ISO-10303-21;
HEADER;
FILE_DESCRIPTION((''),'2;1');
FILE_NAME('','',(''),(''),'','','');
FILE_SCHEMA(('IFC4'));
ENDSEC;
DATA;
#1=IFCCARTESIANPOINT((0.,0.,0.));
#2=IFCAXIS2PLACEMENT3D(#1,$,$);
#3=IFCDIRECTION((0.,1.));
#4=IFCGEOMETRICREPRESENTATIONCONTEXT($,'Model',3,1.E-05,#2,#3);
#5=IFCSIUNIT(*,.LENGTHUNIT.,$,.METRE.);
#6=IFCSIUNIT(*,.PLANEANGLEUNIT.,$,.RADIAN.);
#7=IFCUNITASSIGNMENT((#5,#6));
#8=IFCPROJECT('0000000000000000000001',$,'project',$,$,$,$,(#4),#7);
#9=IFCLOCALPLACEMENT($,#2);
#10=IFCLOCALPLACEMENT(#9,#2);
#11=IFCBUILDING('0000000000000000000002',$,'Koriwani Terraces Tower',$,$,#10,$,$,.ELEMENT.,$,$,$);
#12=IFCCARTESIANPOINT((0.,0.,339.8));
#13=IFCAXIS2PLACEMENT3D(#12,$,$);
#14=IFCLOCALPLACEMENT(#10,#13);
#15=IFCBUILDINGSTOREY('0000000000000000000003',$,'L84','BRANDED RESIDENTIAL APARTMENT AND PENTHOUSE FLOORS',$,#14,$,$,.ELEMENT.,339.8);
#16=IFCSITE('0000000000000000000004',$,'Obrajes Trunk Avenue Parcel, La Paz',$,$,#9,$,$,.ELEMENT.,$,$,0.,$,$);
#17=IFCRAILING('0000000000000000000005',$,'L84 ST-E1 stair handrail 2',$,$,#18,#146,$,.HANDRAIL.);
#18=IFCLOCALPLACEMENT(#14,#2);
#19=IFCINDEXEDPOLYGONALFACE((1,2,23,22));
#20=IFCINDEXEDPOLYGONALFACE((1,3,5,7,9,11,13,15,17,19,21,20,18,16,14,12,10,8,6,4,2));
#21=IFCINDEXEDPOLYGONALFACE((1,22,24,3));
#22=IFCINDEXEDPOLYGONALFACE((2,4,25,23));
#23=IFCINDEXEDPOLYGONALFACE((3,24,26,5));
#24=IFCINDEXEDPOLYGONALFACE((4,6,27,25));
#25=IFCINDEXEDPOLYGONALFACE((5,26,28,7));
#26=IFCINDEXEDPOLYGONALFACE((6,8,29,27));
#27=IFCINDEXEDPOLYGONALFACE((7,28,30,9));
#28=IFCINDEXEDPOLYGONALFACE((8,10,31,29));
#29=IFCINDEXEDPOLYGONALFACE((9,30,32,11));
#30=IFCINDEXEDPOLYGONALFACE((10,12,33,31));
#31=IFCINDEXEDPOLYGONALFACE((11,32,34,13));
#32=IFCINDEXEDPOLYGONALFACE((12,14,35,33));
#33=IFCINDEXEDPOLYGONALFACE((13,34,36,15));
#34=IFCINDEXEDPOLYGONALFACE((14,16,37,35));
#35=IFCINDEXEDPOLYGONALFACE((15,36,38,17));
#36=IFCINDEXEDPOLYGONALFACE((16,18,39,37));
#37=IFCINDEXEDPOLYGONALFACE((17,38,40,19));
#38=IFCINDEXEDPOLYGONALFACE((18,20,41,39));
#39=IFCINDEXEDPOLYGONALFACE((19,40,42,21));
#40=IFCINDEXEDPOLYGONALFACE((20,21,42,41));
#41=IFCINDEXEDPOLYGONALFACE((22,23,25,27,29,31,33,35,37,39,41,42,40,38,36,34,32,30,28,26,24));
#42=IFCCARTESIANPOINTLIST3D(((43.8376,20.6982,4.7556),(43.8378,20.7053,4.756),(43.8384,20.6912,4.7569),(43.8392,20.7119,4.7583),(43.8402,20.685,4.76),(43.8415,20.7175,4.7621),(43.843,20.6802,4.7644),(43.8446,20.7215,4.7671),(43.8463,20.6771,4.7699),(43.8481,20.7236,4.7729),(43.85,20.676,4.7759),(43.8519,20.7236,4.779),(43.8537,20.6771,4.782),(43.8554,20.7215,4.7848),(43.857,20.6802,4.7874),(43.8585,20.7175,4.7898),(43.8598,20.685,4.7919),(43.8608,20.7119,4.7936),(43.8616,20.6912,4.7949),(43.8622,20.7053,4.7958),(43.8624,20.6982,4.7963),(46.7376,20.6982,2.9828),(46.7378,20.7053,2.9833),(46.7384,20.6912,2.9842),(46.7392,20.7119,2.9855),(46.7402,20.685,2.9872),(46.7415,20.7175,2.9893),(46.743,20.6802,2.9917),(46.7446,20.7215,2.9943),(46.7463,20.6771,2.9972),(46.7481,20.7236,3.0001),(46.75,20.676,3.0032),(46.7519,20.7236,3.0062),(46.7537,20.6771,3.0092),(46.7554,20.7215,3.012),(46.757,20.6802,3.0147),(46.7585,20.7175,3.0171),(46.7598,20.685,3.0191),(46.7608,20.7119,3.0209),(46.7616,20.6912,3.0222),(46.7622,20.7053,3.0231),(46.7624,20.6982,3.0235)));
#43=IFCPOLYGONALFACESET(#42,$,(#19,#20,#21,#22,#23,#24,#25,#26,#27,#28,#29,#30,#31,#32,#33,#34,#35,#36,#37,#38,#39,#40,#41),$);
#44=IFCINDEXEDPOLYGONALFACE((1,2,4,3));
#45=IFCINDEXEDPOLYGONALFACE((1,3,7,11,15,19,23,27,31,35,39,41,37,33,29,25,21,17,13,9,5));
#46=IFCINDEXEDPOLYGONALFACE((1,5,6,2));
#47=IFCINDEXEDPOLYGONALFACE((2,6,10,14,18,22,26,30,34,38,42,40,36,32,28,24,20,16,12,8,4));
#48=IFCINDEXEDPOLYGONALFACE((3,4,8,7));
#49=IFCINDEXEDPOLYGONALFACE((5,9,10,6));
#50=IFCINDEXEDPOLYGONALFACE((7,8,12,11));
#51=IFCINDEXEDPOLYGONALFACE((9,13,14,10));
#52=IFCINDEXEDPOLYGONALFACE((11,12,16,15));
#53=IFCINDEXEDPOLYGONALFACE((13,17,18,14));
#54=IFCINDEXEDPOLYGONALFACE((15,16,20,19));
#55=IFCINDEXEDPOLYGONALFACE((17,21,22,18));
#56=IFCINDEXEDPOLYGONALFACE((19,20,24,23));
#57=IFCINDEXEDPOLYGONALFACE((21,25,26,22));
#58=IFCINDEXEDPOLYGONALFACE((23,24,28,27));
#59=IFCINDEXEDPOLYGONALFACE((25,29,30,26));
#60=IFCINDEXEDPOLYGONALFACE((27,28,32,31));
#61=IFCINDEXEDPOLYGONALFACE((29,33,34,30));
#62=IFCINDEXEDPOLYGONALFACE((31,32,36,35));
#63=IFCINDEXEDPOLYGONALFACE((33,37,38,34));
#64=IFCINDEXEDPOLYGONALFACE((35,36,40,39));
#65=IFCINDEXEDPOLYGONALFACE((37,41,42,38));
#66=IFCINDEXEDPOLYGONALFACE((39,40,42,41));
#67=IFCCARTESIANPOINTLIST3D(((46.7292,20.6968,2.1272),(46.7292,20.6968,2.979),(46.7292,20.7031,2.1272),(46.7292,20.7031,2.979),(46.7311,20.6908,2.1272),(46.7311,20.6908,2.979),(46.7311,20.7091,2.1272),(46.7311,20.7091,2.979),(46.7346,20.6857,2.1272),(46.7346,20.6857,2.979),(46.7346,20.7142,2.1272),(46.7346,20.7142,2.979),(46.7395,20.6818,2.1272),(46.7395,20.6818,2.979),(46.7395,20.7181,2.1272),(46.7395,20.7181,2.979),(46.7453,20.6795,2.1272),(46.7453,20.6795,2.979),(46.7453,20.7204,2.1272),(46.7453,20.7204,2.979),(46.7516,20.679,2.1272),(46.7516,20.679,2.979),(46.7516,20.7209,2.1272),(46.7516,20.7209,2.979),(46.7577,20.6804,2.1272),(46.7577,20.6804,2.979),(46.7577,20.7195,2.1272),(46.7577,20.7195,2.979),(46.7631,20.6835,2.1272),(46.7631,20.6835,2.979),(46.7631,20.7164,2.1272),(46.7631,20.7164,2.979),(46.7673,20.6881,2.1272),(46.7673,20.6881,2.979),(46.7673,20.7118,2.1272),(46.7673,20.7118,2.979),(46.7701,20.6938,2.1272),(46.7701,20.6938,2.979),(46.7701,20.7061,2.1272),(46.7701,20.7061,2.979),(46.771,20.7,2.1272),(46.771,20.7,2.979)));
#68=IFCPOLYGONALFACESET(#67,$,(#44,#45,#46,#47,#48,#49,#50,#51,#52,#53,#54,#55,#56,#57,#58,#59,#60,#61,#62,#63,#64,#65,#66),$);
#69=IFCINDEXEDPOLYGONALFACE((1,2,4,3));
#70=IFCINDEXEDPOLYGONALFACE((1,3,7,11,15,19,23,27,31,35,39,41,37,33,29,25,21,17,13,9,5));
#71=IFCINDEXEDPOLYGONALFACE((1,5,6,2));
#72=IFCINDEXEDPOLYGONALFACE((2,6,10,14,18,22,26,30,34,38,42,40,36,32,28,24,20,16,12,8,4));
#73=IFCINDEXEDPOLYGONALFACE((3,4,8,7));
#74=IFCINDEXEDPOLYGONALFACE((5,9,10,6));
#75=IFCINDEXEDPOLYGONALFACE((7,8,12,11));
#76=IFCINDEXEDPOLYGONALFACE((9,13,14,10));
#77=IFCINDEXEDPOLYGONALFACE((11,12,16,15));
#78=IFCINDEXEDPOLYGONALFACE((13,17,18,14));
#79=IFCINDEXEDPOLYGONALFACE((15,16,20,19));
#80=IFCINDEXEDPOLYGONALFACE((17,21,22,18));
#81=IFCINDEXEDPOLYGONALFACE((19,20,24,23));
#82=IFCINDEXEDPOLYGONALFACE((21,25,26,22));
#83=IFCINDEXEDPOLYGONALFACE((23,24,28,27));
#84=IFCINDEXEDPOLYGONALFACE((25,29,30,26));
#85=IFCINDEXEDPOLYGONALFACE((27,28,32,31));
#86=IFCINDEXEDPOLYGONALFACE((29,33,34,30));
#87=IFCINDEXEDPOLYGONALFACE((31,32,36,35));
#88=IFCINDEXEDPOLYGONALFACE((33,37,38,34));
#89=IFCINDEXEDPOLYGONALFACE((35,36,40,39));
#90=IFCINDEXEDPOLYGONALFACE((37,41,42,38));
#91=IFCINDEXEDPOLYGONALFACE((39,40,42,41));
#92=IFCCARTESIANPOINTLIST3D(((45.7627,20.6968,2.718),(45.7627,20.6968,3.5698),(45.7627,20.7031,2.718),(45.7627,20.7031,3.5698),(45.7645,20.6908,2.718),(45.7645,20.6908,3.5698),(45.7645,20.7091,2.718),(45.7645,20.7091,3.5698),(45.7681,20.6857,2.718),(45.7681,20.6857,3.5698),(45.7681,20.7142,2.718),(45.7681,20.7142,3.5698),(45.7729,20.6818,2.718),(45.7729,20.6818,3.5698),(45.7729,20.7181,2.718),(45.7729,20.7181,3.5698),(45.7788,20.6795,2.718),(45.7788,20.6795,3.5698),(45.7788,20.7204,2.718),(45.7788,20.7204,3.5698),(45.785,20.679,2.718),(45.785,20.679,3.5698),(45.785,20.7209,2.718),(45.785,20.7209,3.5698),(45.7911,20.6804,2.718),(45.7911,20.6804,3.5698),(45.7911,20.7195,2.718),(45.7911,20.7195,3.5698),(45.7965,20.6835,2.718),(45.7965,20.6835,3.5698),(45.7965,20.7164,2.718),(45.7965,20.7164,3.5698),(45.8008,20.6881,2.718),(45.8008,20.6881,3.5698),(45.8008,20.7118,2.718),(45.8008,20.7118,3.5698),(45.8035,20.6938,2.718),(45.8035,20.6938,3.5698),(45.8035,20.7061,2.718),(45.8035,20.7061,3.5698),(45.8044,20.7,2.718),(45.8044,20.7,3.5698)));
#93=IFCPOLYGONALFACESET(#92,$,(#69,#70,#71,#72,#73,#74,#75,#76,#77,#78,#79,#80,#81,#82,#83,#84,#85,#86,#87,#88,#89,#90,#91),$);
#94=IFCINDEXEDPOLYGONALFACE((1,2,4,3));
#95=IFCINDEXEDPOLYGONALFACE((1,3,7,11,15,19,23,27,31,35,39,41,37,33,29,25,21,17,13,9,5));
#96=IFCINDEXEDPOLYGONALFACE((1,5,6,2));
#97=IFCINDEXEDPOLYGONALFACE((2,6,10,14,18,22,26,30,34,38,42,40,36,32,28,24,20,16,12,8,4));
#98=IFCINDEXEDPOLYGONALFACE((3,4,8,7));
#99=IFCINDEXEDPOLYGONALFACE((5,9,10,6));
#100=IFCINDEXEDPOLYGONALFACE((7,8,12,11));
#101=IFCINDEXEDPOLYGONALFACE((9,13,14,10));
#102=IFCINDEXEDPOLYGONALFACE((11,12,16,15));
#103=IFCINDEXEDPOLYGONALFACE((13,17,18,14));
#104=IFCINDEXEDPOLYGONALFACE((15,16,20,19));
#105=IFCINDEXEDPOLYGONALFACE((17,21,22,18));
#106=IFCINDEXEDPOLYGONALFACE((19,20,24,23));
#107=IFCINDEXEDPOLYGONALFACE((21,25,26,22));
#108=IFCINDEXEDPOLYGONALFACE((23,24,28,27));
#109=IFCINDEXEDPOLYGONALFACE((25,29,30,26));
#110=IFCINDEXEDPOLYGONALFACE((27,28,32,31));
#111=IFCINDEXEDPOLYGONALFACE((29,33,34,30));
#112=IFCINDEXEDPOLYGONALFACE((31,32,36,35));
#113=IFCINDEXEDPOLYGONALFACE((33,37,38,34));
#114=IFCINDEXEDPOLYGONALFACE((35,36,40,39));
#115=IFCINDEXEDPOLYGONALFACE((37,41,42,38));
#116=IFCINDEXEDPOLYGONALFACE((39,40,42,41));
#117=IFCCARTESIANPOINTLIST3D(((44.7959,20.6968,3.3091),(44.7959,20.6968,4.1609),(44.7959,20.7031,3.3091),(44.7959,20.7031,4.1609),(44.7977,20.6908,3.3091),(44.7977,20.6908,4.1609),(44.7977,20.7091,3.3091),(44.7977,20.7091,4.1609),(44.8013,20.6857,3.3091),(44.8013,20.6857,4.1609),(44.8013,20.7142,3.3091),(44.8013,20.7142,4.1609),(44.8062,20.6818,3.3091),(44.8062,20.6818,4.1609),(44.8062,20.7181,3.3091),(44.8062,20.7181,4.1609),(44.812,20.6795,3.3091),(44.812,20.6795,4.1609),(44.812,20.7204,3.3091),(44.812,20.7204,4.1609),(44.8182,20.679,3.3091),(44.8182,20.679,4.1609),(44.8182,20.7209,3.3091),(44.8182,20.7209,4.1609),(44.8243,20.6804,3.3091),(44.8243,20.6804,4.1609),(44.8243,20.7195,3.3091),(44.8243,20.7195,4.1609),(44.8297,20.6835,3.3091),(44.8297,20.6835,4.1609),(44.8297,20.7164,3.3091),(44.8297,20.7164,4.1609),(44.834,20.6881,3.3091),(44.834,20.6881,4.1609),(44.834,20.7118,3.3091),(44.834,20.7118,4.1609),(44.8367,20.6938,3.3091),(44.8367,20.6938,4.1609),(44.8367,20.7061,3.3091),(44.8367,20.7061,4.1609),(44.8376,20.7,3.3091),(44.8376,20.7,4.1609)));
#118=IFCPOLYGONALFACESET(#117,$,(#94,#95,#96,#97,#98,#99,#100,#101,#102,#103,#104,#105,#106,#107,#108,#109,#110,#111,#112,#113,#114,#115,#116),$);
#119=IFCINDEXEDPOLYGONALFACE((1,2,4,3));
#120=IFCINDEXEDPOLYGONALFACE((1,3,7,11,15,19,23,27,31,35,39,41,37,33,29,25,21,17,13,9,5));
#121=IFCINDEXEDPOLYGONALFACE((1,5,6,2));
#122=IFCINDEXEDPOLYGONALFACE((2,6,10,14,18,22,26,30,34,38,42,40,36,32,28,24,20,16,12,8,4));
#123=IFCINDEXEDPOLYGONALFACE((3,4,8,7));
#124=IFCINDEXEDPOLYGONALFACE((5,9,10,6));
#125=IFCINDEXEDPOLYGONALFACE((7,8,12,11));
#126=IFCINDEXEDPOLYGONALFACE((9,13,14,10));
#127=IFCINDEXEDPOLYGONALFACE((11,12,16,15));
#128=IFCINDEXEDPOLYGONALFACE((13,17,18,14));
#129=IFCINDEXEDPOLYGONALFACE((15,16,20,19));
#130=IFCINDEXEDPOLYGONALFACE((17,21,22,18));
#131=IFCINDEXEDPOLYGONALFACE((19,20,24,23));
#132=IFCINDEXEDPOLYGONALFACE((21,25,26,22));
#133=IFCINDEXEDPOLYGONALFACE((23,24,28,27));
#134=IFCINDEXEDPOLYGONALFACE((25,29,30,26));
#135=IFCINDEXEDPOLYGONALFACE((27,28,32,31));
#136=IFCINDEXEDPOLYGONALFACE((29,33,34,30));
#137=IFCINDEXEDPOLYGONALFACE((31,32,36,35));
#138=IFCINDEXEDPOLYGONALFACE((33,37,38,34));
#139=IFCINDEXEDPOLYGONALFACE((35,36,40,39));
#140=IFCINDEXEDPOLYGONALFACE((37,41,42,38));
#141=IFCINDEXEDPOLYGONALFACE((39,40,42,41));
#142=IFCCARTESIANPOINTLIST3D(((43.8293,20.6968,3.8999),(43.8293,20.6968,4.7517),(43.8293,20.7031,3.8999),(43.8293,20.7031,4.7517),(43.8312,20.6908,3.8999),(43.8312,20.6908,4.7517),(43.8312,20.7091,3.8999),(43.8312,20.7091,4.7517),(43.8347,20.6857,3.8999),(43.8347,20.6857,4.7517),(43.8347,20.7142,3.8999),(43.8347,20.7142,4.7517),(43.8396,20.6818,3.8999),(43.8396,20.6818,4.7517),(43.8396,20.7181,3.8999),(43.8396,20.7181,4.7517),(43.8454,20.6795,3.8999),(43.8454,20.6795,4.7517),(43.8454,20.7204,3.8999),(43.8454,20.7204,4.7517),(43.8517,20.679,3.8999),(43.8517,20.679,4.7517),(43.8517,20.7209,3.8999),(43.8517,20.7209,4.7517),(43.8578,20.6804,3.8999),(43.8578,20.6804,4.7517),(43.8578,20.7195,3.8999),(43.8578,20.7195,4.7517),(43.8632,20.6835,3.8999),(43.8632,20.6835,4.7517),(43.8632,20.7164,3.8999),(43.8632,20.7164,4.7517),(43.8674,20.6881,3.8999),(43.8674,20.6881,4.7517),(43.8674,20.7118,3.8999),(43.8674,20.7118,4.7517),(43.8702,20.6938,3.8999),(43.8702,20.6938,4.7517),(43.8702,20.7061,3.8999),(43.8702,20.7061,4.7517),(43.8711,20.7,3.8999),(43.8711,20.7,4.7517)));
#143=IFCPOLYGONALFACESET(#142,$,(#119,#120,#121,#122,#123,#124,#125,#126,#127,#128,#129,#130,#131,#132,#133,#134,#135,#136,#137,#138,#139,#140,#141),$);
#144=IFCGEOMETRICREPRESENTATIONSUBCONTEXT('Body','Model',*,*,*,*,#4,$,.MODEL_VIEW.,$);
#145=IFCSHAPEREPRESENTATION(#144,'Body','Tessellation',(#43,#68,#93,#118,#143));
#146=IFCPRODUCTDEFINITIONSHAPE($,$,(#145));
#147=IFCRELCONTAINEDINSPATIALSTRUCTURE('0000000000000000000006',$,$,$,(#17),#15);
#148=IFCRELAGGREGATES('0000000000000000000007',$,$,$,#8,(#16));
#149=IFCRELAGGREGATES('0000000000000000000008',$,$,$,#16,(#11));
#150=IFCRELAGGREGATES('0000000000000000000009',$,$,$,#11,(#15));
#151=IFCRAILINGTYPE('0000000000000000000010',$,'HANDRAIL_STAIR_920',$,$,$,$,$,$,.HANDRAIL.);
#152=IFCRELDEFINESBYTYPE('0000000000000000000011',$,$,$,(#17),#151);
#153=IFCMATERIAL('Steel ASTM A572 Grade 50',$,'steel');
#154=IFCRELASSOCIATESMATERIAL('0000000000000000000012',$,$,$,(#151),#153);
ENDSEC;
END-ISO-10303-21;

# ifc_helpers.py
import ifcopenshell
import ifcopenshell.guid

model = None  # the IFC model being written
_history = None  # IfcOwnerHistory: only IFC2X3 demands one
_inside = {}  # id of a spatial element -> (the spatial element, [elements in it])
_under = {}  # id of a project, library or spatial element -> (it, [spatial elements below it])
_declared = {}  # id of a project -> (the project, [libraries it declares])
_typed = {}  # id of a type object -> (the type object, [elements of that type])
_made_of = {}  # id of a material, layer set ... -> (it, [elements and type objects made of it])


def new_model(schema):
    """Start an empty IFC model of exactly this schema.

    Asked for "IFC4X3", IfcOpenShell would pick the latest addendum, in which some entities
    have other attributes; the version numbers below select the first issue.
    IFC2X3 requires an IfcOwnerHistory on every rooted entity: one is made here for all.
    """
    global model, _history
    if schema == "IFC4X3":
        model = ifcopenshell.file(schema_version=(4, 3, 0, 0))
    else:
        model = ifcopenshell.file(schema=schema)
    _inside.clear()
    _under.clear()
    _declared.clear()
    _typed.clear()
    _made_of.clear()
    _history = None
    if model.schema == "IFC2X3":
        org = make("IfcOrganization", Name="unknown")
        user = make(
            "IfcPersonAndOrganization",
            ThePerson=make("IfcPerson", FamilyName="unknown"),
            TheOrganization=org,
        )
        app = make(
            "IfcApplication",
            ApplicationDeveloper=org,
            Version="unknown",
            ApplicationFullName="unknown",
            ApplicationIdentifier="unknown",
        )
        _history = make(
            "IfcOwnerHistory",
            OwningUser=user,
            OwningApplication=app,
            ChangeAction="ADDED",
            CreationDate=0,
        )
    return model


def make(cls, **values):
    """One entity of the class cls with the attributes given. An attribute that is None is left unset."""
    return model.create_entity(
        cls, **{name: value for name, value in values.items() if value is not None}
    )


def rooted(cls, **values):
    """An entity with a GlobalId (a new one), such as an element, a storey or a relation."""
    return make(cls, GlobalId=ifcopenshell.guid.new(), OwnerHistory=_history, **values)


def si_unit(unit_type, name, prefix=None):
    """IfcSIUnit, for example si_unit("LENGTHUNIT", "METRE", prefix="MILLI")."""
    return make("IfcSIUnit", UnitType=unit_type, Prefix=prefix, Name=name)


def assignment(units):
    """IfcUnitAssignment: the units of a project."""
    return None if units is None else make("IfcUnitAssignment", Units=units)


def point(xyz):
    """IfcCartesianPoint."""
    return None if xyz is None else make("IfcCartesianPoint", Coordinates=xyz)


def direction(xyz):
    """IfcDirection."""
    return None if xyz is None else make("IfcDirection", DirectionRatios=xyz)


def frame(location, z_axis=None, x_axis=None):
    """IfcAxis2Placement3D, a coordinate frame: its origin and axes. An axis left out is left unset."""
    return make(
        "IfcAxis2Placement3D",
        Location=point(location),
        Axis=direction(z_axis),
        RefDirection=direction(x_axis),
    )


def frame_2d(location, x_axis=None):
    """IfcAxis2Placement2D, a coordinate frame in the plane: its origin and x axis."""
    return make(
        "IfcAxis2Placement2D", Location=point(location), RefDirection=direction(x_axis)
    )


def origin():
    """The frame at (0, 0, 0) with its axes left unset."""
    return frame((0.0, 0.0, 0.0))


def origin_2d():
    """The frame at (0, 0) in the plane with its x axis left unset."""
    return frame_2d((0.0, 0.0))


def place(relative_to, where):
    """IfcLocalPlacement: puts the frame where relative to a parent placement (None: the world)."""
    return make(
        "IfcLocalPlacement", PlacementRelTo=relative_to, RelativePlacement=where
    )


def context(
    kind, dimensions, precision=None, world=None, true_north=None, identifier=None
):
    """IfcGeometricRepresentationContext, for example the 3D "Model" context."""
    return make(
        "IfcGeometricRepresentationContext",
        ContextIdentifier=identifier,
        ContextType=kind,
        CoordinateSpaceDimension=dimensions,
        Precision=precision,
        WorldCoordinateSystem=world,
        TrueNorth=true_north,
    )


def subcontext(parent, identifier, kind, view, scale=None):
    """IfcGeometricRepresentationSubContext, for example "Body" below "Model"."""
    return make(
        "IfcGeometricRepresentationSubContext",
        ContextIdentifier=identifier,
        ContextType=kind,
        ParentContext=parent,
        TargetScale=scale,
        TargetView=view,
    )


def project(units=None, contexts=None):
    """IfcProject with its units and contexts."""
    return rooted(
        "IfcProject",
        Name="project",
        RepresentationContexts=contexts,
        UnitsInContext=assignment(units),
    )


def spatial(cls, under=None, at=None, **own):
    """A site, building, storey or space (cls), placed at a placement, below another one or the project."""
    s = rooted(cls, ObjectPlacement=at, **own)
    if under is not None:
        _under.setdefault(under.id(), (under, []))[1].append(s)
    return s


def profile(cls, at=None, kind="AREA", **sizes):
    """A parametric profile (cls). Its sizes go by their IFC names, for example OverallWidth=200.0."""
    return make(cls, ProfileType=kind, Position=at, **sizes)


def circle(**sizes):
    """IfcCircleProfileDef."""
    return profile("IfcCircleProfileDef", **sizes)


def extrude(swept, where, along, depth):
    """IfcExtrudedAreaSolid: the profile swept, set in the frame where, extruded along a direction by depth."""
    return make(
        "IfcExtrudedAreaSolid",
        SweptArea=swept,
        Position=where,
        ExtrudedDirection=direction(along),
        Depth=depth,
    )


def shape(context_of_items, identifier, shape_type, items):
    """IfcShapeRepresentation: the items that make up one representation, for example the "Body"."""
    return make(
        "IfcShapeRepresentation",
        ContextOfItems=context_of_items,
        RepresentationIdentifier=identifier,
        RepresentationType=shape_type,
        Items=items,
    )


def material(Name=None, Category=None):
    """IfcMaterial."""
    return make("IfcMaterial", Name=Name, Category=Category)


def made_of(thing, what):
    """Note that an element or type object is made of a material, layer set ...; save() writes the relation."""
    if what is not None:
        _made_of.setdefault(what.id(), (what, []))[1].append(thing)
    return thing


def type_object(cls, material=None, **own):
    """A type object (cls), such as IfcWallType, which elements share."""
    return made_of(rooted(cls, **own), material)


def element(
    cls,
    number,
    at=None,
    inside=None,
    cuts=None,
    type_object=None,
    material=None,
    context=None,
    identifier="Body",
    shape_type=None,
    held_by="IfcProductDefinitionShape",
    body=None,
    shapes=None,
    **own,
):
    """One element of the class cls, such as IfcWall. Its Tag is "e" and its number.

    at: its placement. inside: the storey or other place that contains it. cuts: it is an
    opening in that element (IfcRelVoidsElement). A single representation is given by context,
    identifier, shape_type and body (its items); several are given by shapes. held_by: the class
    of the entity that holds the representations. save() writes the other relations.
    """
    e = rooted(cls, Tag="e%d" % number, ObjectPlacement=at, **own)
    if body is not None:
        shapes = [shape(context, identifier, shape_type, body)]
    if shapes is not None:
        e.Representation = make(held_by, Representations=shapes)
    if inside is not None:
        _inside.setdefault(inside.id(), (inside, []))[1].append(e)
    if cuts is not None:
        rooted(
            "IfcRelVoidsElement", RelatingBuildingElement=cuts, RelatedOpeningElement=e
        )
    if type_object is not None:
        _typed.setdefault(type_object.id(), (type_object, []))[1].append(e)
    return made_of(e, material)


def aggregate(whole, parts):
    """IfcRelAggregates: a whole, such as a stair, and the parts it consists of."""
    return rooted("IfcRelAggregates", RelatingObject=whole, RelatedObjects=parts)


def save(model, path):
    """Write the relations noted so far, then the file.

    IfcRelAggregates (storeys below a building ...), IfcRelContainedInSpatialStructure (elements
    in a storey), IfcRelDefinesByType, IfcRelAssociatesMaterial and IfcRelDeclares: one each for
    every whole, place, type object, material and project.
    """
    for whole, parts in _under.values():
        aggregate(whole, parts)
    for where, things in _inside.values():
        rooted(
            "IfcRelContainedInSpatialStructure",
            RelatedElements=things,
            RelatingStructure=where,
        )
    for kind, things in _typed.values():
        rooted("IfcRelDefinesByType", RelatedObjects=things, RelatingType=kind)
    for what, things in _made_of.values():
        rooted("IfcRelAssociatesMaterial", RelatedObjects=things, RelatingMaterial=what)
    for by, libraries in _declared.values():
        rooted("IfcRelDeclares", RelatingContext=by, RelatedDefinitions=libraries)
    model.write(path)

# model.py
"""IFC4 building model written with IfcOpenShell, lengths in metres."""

from ifc_helpers import new_model, si_unit, direction, frame, origin, origin_2d, place, context, subcontext, project, spatial, circle, extrude, material, type_object, element, save


model = new_model("IFC4")

# Units and contexts
model_context = context("Model", 3, precision=1e-05, world=origin(), true_north=direction((0.0, 1.0)))
body_context = subcontext(model_context, "Body", "Model", "MODEL_VIEW")
ifc_project = project(units=[si_unit("LENGTHUNIT", "METRE"), si_unit("PLANEANGLEUNIT", "RADIAN")], contexts=[model_context])

# Site, building, storey
site_placement = place(None, origin())
site = spatial("IfcSite", under=ifc_project, at=site_placement, Name="Obrajes Trunk Avenue Parcel, La Paz", CompositionType="ELEMENT", RefElevation=0.0)
building_placement = place(site_placement, origin())
building = spatial("IfcBuilding", under=site, at=building_placement, Name="Koriwani Terraces Tower", CompositionType="ELEMENT")
storey_placement = place(building_placement, frame((0.0, 0.0, 339.8)))
storey = spatial("IfcBuildingStorey", under=building, at=storey_placement, Name="L84", Description="BRANDED RESIDENTIAL APARTMENT AND PENTHOUSE FLOORS", CompositionType="ELEMENT", Elevation=339.8)

# Shared definitions
ifc_material_1 = material(Name="Steel ASTM A572 Grade 50", Category="steel")

# Railing
railing_type_1 = type_object("IfcRailingType", Name="HANDRAIL_STAIR_920", PredefinedType="HANDRAIL", material=ifc_material_1)
railing_1_placement = place(storey_placement, frame((46.75, 20.7, 2.1272)))
element("IfcRailing", 1, at=railing_1_placement, inside=storey, type_object=railing_type_1, Name="L84 ST-E1 stair handrail 2", PredefinedType="HANDRAIL", context=body_context, shape_type="SweptSolid", body=[
    extrude(circle(Radius=0.0239, at=origin_2d()), frame((0.0, 0.0, 0.876), z_axis=(-0.853211, 0.0, 0.521566), x_axis=(0.0, -1.0, 0.0)), (0.0, 0.0, 1.0), 3.3989),
    extrude(circle(Radius=0.021, at=origin_2d()), origin(), (0.0, 0.0, 1.0), 0.8518),
    extrude(circle(Radius=0.021, at=origin_2d()), frame((-0.9666, 0.0, 0.5908)), (0.0, 0.0, 1.0), 0.8518),
    extrude(circle(Radius=0.021, at=origin_2d()), frame((-1.9333, 0.0, 1.1819)), (0.0, 0.0, 1.0), 0.8518),
    extrude(circle(Radius=0.021, at=origin_2d()), frame((-2.8999, 0.0, 1.7727)), (0.0, 0.0, 1.0), 0.8518),
])

save(model, "model.ifc")
